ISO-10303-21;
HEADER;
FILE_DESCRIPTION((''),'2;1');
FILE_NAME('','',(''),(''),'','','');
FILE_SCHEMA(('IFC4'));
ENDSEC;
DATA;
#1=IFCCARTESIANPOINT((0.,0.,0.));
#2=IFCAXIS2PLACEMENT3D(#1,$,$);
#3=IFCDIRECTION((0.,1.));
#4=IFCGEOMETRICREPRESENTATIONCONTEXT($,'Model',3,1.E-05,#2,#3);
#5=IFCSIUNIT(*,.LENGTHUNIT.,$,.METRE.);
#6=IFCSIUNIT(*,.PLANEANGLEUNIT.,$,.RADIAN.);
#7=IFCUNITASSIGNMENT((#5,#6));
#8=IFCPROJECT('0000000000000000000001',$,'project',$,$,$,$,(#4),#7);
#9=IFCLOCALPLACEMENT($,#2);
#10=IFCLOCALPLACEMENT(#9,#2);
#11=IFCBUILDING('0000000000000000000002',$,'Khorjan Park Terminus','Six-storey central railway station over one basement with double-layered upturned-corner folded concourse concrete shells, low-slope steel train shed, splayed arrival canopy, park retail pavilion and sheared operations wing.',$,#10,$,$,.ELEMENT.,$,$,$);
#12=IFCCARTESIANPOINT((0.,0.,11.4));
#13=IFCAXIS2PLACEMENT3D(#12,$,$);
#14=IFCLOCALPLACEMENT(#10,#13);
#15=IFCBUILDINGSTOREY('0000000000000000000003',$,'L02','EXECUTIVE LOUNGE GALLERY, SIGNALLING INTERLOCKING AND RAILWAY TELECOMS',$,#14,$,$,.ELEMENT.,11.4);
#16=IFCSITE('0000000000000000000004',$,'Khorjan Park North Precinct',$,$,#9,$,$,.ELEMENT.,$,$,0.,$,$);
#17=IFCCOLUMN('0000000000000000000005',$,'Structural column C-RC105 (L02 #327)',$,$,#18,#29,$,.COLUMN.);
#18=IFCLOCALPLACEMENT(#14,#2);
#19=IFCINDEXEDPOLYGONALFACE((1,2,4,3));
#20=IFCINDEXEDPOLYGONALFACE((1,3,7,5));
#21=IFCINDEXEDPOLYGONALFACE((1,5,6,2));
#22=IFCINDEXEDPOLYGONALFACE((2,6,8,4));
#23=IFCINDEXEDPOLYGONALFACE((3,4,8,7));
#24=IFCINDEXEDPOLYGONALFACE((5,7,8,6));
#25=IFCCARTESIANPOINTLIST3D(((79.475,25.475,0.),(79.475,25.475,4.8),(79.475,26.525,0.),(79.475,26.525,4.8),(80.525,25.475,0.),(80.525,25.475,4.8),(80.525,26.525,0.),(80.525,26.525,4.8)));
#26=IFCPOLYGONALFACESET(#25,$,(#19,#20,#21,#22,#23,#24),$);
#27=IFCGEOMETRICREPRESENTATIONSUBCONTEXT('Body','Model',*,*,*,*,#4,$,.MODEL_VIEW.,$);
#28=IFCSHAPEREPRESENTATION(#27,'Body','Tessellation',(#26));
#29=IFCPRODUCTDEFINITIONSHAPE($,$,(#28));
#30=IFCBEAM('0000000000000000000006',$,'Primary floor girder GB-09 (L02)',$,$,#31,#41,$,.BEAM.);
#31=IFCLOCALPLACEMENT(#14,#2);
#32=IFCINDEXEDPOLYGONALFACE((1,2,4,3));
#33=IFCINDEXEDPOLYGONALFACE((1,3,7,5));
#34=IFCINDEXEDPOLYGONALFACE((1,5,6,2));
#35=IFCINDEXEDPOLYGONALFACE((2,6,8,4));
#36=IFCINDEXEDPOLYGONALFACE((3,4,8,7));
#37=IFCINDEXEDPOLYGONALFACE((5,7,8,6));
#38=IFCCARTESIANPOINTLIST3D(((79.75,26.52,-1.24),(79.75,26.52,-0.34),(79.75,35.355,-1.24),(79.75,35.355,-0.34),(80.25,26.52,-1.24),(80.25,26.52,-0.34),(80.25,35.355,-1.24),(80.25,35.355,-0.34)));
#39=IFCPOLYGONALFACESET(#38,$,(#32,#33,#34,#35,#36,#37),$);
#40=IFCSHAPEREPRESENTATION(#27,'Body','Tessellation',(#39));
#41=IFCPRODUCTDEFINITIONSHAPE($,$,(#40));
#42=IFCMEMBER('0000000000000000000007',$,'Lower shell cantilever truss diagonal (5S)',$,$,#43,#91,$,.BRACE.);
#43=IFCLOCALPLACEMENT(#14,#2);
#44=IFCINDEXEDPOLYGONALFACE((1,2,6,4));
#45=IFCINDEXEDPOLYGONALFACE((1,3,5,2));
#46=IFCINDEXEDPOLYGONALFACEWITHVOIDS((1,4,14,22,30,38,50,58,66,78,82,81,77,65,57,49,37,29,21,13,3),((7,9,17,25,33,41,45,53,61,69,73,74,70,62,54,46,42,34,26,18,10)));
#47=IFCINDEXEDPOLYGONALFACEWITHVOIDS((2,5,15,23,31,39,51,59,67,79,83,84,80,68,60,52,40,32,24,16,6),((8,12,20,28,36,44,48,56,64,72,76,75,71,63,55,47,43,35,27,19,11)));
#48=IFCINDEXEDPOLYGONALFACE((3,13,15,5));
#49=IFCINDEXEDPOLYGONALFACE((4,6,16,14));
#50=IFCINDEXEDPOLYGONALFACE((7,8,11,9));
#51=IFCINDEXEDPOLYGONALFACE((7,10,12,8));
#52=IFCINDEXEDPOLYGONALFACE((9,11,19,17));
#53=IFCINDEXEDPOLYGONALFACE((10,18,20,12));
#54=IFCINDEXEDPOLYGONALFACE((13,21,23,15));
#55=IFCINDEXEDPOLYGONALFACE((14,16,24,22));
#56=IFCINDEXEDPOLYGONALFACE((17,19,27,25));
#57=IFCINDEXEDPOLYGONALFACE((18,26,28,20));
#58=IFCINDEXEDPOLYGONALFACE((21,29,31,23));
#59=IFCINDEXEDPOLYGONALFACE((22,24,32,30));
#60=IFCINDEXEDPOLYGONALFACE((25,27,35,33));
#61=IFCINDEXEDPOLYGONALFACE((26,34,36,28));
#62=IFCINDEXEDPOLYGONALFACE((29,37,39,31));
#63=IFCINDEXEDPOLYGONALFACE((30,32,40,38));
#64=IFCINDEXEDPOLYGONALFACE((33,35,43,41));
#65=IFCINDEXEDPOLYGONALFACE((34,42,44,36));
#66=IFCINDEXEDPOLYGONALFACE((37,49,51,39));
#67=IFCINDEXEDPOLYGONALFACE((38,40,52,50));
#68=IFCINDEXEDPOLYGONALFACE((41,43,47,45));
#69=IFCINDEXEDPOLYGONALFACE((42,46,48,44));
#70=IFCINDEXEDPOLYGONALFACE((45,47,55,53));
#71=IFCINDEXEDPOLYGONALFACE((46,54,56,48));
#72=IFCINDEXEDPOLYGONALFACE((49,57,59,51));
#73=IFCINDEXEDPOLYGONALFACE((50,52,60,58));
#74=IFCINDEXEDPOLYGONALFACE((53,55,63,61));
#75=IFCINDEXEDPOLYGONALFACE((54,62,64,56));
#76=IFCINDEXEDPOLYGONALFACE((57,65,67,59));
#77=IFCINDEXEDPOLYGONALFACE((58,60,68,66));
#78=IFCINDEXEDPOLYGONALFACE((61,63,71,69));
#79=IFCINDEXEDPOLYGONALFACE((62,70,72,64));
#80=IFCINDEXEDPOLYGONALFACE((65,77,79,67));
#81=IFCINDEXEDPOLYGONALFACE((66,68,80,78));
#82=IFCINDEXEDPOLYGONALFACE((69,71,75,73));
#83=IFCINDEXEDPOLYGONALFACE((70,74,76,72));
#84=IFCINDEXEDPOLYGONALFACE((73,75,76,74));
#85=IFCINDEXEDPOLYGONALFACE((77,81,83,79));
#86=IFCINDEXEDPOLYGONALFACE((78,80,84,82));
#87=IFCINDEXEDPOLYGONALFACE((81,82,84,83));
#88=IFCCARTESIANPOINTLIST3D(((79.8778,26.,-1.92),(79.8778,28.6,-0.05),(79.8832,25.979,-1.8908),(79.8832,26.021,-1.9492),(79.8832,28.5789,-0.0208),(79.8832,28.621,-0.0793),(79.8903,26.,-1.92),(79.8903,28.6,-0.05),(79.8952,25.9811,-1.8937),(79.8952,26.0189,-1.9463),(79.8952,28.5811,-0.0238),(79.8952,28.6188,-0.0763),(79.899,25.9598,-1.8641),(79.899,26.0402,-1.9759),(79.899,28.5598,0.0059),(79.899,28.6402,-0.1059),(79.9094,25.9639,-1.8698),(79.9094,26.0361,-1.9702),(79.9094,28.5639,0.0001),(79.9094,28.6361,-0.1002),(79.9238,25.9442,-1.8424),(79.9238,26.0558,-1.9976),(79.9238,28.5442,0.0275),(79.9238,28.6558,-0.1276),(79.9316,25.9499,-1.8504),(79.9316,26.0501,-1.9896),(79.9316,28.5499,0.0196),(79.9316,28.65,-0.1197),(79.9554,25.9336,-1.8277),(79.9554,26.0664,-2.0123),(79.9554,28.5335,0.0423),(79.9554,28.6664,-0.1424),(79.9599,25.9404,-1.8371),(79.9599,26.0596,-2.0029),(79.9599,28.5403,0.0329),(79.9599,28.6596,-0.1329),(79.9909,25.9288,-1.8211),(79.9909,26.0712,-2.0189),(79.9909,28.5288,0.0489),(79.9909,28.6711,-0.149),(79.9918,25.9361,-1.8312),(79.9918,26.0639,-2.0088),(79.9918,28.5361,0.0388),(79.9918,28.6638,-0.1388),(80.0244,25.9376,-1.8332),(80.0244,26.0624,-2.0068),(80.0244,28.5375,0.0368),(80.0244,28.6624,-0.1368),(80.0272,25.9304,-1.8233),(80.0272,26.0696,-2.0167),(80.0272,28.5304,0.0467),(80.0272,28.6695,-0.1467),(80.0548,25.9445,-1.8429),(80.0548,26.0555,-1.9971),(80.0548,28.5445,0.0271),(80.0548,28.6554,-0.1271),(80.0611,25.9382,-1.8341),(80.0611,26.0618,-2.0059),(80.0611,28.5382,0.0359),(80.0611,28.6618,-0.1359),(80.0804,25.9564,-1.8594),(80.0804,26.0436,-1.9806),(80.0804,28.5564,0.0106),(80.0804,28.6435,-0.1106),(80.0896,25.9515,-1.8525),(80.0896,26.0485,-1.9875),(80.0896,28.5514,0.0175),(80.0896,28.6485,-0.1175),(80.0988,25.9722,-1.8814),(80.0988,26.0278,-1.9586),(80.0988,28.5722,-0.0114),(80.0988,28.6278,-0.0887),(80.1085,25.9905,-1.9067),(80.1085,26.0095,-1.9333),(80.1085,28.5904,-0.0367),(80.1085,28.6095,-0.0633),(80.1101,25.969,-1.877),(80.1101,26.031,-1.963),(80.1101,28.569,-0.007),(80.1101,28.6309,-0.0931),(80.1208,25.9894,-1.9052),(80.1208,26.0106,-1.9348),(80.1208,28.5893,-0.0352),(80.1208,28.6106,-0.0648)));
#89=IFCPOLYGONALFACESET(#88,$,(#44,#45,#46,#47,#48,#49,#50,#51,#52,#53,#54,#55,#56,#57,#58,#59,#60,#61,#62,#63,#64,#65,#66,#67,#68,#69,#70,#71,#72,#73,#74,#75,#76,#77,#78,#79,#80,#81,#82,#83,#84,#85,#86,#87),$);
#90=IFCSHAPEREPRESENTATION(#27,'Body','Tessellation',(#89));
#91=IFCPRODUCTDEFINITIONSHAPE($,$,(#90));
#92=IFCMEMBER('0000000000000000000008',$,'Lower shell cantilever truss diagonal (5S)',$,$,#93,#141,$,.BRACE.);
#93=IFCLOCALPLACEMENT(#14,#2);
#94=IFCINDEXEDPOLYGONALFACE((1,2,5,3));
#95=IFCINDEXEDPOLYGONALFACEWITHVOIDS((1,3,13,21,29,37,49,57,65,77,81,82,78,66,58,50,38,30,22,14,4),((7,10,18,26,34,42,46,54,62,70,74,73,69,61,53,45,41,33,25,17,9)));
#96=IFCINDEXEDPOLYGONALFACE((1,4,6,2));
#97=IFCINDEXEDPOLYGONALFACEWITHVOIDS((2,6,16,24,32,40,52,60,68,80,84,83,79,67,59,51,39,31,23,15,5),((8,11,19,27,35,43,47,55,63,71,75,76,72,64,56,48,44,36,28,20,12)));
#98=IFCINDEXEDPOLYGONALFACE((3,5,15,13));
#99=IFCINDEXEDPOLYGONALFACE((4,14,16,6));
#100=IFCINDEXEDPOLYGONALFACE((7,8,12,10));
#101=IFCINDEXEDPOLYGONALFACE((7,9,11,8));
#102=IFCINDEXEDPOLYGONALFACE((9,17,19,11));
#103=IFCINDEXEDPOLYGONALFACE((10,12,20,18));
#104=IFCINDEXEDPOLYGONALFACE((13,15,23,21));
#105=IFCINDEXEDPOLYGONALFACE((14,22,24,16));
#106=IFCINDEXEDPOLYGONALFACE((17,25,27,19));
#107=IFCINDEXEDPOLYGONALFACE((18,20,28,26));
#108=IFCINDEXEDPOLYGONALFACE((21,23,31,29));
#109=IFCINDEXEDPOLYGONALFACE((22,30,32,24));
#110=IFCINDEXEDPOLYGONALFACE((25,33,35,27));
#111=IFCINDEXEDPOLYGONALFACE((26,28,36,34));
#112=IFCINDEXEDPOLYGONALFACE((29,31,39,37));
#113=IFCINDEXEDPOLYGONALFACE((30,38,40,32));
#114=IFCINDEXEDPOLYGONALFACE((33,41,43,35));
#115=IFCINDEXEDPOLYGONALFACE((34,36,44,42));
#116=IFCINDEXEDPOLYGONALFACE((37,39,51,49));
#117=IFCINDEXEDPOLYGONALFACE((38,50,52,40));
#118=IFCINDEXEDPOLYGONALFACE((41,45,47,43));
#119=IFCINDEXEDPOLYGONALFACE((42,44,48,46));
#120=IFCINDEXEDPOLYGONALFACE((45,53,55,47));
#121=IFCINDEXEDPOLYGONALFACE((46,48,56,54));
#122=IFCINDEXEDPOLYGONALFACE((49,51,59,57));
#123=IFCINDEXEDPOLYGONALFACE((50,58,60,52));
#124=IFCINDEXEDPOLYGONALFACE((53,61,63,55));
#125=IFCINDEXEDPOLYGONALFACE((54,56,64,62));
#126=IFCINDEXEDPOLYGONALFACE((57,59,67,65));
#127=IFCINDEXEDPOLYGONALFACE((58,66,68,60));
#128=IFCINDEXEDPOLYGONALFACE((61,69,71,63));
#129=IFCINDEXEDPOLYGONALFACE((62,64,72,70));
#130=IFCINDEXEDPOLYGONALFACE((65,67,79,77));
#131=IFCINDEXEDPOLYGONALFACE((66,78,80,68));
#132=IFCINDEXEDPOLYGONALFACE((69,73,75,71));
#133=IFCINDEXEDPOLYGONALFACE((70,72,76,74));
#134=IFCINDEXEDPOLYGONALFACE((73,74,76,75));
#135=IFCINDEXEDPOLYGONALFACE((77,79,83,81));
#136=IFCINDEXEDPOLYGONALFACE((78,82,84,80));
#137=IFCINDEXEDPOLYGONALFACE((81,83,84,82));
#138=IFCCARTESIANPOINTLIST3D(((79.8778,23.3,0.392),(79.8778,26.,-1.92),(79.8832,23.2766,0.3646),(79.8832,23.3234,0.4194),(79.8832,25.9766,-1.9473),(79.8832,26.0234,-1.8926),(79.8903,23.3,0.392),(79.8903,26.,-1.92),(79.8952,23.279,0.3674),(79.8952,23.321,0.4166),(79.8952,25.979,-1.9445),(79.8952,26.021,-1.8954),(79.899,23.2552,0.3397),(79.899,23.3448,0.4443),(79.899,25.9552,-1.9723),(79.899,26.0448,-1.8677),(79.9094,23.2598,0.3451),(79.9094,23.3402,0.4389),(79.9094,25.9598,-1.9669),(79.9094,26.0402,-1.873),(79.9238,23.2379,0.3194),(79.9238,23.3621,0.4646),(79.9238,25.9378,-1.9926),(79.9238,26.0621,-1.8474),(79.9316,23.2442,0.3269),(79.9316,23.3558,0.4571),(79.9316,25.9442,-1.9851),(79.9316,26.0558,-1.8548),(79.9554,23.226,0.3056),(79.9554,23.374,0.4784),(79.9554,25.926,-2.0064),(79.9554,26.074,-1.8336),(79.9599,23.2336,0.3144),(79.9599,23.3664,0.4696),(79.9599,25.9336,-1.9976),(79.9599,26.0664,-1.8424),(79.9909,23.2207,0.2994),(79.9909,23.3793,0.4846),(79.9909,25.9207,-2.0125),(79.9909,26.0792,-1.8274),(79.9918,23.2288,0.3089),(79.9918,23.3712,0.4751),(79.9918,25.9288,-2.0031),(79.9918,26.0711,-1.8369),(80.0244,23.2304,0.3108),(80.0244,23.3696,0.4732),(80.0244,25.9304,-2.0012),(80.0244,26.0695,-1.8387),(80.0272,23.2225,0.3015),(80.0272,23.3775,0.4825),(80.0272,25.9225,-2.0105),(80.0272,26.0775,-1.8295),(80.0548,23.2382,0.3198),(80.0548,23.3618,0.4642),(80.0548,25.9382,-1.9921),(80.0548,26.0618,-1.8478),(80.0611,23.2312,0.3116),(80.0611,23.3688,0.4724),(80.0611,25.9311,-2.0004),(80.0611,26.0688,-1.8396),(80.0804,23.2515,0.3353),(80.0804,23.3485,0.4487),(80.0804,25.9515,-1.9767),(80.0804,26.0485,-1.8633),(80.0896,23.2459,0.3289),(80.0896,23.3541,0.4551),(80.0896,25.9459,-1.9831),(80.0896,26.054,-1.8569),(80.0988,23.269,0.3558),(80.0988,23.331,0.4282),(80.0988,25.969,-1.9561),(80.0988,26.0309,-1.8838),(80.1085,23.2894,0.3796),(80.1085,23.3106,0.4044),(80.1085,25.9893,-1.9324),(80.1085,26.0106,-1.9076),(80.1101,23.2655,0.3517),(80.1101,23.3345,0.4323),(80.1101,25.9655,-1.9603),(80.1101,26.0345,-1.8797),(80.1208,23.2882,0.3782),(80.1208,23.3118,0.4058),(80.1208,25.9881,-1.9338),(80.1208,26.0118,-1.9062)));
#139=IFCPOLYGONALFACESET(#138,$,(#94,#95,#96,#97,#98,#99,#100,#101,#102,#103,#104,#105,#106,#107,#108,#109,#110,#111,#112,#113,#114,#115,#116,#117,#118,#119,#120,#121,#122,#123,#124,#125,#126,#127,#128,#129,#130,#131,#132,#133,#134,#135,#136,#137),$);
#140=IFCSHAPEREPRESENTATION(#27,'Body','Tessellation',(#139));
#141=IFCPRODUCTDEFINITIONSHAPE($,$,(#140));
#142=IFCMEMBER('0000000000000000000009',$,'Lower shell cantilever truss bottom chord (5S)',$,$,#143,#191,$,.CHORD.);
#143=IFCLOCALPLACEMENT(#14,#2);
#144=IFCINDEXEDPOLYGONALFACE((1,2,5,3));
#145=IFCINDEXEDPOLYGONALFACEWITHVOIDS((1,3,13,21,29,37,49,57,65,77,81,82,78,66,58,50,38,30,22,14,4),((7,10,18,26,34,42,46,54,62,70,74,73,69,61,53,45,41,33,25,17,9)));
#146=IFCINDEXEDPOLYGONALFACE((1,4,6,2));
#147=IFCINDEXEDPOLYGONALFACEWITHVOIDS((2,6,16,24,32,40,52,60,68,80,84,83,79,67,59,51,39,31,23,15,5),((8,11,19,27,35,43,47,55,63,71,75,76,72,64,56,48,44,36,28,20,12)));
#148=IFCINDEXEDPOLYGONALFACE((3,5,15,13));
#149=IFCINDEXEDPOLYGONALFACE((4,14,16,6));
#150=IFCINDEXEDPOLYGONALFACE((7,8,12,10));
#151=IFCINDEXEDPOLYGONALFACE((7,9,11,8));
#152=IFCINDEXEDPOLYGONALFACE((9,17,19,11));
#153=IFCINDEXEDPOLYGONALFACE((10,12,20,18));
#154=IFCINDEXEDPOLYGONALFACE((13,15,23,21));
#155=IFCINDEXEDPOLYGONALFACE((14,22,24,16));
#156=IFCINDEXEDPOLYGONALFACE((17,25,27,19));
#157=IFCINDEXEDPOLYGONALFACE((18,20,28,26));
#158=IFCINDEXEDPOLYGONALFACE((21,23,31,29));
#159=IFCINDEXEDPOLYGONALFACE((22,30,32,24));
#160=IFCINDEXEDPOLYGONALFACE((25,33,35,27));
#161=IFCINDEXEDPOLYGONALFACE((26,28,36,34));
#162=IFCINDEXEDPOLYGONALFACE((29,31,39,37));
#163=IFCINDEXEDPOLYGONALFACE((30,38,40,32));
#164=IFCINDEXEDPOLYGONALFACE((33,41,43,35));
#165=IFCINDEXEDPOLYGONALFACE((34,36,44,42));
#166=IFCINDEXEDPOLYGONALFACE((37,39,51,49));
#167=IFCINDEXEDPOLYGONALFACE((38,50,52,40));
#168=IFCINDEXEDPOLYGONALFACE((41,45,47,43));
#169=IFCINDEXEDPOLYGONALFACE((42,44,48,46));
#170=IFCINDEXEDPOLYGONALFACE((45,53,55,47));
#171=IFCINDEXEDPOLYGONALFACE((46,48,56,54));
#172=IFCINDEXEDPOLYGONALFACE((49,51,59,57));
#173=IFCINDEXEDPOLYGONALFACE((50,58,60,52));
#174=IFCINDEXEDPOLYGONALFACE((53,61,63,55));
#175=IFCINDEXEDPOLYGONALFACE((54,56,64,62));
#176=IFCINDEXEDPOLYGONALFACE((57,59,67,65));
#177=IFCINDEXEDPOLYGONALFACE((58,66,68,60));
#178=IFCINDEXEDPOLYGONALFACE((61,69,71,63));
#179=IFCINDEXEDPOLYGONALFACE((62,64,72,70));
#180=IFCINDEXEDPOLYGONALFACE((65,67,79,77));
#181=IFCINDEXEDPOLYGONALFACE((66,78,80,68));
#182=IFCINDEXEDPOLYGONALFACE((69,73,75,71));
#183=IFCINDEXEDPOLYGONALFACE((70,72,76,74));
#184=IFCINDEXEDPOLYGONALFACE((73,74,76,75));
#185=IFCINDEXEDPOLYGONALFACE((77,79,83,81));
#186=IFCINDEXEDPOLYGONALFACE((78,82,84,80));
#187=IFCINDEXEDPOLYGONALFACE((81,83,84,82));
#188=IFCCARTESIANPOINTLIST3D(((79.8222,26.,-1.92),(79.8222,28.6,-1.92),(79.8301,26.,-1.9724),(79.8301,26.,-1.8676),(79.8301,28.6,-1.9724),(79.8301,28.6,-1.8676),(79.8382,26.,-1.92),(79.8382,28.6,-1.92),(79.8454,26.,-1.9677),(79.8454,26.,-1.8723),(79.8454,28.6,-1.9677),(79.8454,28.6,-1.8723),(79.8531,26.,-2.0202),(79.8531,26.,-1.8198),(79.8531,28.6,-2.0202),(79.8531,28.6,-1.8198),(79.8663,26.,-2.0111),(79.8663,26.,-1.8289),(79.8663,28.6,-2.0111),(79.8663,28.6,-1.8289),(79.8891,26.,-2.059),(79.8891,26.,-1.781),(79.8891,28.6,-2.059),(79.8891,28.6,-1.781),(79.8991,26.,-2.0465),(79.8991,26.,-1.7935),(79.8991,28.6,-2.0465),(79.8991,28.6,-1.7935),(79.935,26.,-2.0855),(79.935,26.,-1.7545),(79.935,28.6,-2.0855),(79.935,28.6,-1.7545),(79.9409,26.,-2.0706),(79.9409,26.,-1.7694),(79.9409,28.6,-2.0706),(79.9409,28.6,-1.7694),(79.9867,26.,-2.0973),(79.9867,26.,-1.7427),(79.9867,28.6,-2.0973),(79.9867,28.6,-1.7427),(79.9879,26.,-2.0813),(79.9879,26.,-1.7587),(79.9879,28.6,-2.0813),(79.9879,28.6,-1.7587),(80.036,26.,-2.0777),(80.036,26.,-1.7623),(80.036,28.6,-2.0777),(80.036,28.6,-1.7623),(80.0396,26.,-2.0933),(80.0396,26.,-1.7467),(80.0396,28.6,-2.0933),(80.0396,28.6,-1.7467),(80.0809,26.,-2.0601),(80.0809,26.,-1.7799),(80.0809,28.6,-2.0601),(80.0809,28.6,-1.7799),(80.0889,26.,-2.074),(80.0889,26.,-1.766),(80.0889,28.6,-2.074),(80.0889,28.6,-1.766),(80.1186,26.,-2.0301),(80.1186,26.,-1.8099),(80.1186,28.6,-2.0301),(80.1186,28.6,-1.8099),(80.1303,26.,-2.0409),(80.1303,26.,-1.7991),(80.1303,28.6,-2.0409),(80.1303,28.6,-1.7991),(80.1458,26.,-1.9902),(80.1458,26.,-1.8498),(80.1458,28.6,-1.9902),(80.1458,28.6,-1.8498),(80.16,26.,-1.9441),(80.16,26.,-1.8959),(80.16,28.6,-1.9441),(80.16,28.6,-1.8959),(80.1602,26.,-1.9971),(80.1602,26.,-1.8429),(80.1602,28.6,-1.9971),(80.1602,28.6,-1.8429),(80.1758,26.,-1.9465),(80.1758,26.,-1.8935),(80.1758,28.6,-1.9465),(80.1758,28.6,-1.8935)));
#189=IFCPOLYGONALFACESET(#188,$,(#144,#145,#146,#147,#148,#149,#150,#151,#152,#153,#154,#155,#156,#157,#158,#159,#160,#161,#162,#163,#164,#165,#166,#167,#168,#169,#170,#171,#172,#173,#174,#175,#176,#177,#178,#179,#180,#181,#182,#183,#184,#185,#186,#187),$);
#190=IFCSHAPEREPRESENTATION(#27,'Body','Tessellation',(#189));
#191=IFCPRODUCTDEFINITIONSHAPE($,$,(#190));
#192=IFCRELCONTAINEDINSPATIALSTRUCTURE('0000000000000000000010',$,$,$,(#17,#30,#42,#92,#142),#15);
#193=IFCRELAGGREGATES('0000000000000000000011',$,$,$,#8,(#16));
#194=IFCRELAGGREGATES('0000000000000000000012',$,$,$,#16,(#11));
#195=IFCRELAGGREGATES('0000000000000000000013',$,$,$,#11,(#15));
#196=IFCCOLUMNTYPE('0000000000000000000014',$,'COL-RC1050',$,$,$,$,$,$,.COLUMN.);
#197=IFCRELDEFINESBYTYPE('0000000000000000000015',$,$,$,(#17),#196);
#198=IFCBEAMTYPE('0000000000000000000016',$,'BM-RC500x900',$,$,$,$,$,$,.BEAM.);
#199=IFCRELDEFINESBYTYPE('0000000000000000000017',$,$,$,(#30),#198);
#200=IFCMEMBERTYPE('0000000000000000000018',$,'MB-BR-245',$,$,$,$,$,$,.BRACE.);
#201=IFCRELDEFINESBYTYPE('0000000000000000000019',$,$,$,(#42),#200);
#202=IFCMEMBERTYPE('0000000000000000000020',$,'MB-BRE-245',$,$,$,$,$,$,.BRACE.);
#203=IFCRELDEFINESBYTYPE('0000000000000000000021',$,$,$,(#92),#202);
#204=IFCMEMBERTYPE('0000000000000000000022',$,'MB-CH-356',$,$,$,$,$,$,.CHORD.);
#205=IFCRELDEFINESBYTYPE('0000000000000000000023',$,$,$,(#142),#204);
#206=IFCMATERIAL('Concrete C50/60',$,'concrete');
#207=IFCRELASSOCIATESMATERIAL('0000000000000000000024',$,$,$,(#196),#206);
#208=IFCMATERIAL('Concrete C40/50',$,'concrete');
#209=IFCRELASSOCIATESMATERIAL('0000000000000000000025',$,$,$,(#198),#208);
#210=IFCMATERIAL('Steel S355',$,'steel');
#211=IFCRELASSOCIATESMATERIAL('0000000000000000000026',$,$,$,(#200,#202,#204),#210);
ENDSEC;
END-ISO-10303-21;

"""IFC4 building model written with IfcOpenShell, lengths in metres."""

from ifc_helpers import new_model, si_unit, direction, frame, origin, origin_2d, place, context, subcontext, project, spatial, rectangle, hollow_circle, extrude, material, material_profile, profile_set, type_object, element, save


model = new_model("IFC4")

# Units and contexts
model_context = context("Model", 3, precision=1e-05, world=origin(), true_north=direction((0.0, 1.0)))
body_context = subcontext(model_context, "Body", "Model", "MODEL_VIEW")
ifc_project = project(units=[si_unit("LENGTHUNIT", "METRE"), si_unit("PLANEANGLEUNIT", "RADIAN")], contexts=[model_context])

# Site, building, storey
site_placement = place(None, origin())
site = spatial("IfcSite", under=ifc_project, at=site_placement, Name="Khorjan Park North Precinct", CompositionType="ELEMENT", RefElevation=0.0)
building_placement = place(site_placement, origin())
building = spatial("IfcBuilding", under=site, at=building_placement, Name="Khorjan Park Terminus", Description="Six-storey central railway station over one basement with double-layered upturned-corner folded concourse concrete shells, low-slope steel train shed, splayed arrival canopy, park retail pavilion and sheared operations wing.", CompositionType="ELEMENT")
storey_placement = place(building_placement, frame((0.0, 0.0, 11.4)))
storey = spatial("IfcBuildingStorey", under=building, at=storey_placement, Name="L02", Description="EXECUTIVE LOUNGE GALLERY, SIGNALLING INTERLOCKING AND RAILWAY TELECOMS", CompositionType="ELEMENT", Elevation=11.4)

# Column
ifc_material_1 = material(Name="Concrete C50/60", Category="concrete")
ifc_material_profile_1 = material_profile(ifc_material_1, rectangle(XDim=1.05, YDim=1.05, at=origin_2d()), Name="RC 1050x1050")
ifc_profile_set_1 = profile_set([ifc_material_profile_1], Name="Concrete C50/60")
column_type = type_object("IfcColumnType", Name="COL-RC1050", PredefinedType="COLUMN", material=ifc_profile_set_1)
column_placement = place(storey_placement, frame((80.0, 26.0, 0.0), z_axis=(0.0, 0.0, 1.0), x_axis=(1.0, 0.0, 0.0)))
element("IfcColumn", 1, at=column_placement, inside=storey, type_object=column_type, Name="Structural column C-RC105 (L02 #327)", PredefinedType="COLUMN", context=body_context, shape_type="SweptSolid", body=[
    extrude(rectangle(XDim=1.05, YDim=1.05, at=origin_2d()), origin(), (0.0, 0.0, 1.0), 4.8),
])

# Beam
ifc_material_2 = material(Name="Concrete C40/50", Category="concrete")
ifc_material_profile_2 = material_profile(ifc_material_2, rectangle(XDim=0.5, YDim=0.9, at=origin_2d()), Name="RC 500x900")
ifc_profile_set_2 = profile_set([ifc_material_profile_2], Name="Concrete C40/50")
beam_type_1 = type_object("IfcBeamType", Name="BM-RC500x900", PredefinedType="BEAM", material=ifc_profile_set_2)
beam_1_placement = place(storey_placement, frame((80.0, 26.52, -0.79), z_axis=(0.0, 1.0, 0.0), x_axis=(-1.0, 0.0, 0.0)))
element("IfcBeam", 2, at=beam_1_placement, inside=storey, type_object=beam_type_1, Name="Primary floor girder GB-09 (L02)", PredefinedType="BEAM", context=body_context, shape_type="SweptSolid", body=[
    extrude(rectangle(XDim=0.5, YDim=0.9, at=origin_2d()), origin(), (0.0, 0.0, 1.0), 8.835),
])

# Members
ifc_material_3 = material(Name="Steel S355", Category="steel")
ifc_material_profile_3 = material_profile(ifc_material_3, hollow_circle(Radius=0.1222, WallThickness=0.0125, at=origin_2d()), Name="CHS 244.5x12.5")
ifc_profile_set_3 = profile_set([ifc_material_profile_3], Name="Steel S355")
member_type_1 = type_object("IfcMemberType", Name="MB-BR-245", PredefinedType="BRACE", material=ifc_profile_set_3)
member_1_placement = place(storey_placement, frame((80.0, 26.0, -1.92), z_axis=(0.0, 0.81183, 0.583893), x_axis=(-1.0, 0.0, 0.0)))
element("IfcMember", 3, at=member_1_placement, inside=storey, type_object=member_type_1, Name="Lower shell cantilever truss diagonal (5S)", PredefinedType="BRACE", context=body_context, shape_type="SweptSolid", body=[
    extrude(hollow_circle(Radius=0.1222, WallThickness=0.0125, at=origin_2d()), origin(), (0.0, 0.0, 1.0), 3.2026),
])
ifc_material_profile_4 = material_profile(ifc_material_3, hollow_circle(Radius=0.1222, WallThickness=0.0125, at=origin_2d()), Name="CHS 244.5x12.5")
ifc_profile_set_4 = profile_set([ifc_material_profile_4], Name="Steel S355")
member_type_2 = type_object("IfcMemberType", Name="MB-BRE-245", PredefinedType="BRACE", material=ifc_profile_set_4)
member_2_placement = place(storey_placement, frame((80.0, 23.3, 0.392), z_axis=(0.0, 0.759574, -0.650421), x_axis=(-1.0, 0.0, 0.0)))
element("IfcMember", 4, at=member_2_placement, inside=storey, type_object=member_type_2, Name="Lower shell cantilever truss diagonal (5S)", PredefinedType="BRACE", context=body_context, shape_type="SweptSolid", body=[
    extrude(hollow_circle(Radius=0.1222, WallThickness=0.0125, at=origin_2d()), origin(), (0.0, 0.0, 1.0), 3.5546),
])
ifc_material_profile_5 = material_profile(ifc_material_3, hollow_circle(Radius=0.1778, WallThickness=0.016, at=origin_2d()), Name="CHS 355.6x16")
ifc_profile_set_5 = profile_set([ifc_material_profile_5], Name="Steel S355")
member_type_3 = type_object("IfcMemberType", Name="MB-CH-356", PredefinedType="CHORD", material=ifc_profile_set_5)
member_3_placement = place(storey_placement, frame((80.0, 26.0, -1.92), z_axis=(0.0, 1.0, 0.0), x_axis=(-1.0, 0.0, 0.0)))
element("IfcMember", 5, at=member_3_placement, inside=storey, type_object=member_type_3, Name="Lower shell cantilever truss bottom chord (5S)", PredefinedType="CHORD", context=body_context, shape_type="SweptSolid", body=[
    extrude(hollow_circle(Radius=0.1778, WallThickness=0.016, at=origin_2d()), origin(), (0.0, 0.0, 1.0), 2.6),
])

save(model, "model.ifc")
